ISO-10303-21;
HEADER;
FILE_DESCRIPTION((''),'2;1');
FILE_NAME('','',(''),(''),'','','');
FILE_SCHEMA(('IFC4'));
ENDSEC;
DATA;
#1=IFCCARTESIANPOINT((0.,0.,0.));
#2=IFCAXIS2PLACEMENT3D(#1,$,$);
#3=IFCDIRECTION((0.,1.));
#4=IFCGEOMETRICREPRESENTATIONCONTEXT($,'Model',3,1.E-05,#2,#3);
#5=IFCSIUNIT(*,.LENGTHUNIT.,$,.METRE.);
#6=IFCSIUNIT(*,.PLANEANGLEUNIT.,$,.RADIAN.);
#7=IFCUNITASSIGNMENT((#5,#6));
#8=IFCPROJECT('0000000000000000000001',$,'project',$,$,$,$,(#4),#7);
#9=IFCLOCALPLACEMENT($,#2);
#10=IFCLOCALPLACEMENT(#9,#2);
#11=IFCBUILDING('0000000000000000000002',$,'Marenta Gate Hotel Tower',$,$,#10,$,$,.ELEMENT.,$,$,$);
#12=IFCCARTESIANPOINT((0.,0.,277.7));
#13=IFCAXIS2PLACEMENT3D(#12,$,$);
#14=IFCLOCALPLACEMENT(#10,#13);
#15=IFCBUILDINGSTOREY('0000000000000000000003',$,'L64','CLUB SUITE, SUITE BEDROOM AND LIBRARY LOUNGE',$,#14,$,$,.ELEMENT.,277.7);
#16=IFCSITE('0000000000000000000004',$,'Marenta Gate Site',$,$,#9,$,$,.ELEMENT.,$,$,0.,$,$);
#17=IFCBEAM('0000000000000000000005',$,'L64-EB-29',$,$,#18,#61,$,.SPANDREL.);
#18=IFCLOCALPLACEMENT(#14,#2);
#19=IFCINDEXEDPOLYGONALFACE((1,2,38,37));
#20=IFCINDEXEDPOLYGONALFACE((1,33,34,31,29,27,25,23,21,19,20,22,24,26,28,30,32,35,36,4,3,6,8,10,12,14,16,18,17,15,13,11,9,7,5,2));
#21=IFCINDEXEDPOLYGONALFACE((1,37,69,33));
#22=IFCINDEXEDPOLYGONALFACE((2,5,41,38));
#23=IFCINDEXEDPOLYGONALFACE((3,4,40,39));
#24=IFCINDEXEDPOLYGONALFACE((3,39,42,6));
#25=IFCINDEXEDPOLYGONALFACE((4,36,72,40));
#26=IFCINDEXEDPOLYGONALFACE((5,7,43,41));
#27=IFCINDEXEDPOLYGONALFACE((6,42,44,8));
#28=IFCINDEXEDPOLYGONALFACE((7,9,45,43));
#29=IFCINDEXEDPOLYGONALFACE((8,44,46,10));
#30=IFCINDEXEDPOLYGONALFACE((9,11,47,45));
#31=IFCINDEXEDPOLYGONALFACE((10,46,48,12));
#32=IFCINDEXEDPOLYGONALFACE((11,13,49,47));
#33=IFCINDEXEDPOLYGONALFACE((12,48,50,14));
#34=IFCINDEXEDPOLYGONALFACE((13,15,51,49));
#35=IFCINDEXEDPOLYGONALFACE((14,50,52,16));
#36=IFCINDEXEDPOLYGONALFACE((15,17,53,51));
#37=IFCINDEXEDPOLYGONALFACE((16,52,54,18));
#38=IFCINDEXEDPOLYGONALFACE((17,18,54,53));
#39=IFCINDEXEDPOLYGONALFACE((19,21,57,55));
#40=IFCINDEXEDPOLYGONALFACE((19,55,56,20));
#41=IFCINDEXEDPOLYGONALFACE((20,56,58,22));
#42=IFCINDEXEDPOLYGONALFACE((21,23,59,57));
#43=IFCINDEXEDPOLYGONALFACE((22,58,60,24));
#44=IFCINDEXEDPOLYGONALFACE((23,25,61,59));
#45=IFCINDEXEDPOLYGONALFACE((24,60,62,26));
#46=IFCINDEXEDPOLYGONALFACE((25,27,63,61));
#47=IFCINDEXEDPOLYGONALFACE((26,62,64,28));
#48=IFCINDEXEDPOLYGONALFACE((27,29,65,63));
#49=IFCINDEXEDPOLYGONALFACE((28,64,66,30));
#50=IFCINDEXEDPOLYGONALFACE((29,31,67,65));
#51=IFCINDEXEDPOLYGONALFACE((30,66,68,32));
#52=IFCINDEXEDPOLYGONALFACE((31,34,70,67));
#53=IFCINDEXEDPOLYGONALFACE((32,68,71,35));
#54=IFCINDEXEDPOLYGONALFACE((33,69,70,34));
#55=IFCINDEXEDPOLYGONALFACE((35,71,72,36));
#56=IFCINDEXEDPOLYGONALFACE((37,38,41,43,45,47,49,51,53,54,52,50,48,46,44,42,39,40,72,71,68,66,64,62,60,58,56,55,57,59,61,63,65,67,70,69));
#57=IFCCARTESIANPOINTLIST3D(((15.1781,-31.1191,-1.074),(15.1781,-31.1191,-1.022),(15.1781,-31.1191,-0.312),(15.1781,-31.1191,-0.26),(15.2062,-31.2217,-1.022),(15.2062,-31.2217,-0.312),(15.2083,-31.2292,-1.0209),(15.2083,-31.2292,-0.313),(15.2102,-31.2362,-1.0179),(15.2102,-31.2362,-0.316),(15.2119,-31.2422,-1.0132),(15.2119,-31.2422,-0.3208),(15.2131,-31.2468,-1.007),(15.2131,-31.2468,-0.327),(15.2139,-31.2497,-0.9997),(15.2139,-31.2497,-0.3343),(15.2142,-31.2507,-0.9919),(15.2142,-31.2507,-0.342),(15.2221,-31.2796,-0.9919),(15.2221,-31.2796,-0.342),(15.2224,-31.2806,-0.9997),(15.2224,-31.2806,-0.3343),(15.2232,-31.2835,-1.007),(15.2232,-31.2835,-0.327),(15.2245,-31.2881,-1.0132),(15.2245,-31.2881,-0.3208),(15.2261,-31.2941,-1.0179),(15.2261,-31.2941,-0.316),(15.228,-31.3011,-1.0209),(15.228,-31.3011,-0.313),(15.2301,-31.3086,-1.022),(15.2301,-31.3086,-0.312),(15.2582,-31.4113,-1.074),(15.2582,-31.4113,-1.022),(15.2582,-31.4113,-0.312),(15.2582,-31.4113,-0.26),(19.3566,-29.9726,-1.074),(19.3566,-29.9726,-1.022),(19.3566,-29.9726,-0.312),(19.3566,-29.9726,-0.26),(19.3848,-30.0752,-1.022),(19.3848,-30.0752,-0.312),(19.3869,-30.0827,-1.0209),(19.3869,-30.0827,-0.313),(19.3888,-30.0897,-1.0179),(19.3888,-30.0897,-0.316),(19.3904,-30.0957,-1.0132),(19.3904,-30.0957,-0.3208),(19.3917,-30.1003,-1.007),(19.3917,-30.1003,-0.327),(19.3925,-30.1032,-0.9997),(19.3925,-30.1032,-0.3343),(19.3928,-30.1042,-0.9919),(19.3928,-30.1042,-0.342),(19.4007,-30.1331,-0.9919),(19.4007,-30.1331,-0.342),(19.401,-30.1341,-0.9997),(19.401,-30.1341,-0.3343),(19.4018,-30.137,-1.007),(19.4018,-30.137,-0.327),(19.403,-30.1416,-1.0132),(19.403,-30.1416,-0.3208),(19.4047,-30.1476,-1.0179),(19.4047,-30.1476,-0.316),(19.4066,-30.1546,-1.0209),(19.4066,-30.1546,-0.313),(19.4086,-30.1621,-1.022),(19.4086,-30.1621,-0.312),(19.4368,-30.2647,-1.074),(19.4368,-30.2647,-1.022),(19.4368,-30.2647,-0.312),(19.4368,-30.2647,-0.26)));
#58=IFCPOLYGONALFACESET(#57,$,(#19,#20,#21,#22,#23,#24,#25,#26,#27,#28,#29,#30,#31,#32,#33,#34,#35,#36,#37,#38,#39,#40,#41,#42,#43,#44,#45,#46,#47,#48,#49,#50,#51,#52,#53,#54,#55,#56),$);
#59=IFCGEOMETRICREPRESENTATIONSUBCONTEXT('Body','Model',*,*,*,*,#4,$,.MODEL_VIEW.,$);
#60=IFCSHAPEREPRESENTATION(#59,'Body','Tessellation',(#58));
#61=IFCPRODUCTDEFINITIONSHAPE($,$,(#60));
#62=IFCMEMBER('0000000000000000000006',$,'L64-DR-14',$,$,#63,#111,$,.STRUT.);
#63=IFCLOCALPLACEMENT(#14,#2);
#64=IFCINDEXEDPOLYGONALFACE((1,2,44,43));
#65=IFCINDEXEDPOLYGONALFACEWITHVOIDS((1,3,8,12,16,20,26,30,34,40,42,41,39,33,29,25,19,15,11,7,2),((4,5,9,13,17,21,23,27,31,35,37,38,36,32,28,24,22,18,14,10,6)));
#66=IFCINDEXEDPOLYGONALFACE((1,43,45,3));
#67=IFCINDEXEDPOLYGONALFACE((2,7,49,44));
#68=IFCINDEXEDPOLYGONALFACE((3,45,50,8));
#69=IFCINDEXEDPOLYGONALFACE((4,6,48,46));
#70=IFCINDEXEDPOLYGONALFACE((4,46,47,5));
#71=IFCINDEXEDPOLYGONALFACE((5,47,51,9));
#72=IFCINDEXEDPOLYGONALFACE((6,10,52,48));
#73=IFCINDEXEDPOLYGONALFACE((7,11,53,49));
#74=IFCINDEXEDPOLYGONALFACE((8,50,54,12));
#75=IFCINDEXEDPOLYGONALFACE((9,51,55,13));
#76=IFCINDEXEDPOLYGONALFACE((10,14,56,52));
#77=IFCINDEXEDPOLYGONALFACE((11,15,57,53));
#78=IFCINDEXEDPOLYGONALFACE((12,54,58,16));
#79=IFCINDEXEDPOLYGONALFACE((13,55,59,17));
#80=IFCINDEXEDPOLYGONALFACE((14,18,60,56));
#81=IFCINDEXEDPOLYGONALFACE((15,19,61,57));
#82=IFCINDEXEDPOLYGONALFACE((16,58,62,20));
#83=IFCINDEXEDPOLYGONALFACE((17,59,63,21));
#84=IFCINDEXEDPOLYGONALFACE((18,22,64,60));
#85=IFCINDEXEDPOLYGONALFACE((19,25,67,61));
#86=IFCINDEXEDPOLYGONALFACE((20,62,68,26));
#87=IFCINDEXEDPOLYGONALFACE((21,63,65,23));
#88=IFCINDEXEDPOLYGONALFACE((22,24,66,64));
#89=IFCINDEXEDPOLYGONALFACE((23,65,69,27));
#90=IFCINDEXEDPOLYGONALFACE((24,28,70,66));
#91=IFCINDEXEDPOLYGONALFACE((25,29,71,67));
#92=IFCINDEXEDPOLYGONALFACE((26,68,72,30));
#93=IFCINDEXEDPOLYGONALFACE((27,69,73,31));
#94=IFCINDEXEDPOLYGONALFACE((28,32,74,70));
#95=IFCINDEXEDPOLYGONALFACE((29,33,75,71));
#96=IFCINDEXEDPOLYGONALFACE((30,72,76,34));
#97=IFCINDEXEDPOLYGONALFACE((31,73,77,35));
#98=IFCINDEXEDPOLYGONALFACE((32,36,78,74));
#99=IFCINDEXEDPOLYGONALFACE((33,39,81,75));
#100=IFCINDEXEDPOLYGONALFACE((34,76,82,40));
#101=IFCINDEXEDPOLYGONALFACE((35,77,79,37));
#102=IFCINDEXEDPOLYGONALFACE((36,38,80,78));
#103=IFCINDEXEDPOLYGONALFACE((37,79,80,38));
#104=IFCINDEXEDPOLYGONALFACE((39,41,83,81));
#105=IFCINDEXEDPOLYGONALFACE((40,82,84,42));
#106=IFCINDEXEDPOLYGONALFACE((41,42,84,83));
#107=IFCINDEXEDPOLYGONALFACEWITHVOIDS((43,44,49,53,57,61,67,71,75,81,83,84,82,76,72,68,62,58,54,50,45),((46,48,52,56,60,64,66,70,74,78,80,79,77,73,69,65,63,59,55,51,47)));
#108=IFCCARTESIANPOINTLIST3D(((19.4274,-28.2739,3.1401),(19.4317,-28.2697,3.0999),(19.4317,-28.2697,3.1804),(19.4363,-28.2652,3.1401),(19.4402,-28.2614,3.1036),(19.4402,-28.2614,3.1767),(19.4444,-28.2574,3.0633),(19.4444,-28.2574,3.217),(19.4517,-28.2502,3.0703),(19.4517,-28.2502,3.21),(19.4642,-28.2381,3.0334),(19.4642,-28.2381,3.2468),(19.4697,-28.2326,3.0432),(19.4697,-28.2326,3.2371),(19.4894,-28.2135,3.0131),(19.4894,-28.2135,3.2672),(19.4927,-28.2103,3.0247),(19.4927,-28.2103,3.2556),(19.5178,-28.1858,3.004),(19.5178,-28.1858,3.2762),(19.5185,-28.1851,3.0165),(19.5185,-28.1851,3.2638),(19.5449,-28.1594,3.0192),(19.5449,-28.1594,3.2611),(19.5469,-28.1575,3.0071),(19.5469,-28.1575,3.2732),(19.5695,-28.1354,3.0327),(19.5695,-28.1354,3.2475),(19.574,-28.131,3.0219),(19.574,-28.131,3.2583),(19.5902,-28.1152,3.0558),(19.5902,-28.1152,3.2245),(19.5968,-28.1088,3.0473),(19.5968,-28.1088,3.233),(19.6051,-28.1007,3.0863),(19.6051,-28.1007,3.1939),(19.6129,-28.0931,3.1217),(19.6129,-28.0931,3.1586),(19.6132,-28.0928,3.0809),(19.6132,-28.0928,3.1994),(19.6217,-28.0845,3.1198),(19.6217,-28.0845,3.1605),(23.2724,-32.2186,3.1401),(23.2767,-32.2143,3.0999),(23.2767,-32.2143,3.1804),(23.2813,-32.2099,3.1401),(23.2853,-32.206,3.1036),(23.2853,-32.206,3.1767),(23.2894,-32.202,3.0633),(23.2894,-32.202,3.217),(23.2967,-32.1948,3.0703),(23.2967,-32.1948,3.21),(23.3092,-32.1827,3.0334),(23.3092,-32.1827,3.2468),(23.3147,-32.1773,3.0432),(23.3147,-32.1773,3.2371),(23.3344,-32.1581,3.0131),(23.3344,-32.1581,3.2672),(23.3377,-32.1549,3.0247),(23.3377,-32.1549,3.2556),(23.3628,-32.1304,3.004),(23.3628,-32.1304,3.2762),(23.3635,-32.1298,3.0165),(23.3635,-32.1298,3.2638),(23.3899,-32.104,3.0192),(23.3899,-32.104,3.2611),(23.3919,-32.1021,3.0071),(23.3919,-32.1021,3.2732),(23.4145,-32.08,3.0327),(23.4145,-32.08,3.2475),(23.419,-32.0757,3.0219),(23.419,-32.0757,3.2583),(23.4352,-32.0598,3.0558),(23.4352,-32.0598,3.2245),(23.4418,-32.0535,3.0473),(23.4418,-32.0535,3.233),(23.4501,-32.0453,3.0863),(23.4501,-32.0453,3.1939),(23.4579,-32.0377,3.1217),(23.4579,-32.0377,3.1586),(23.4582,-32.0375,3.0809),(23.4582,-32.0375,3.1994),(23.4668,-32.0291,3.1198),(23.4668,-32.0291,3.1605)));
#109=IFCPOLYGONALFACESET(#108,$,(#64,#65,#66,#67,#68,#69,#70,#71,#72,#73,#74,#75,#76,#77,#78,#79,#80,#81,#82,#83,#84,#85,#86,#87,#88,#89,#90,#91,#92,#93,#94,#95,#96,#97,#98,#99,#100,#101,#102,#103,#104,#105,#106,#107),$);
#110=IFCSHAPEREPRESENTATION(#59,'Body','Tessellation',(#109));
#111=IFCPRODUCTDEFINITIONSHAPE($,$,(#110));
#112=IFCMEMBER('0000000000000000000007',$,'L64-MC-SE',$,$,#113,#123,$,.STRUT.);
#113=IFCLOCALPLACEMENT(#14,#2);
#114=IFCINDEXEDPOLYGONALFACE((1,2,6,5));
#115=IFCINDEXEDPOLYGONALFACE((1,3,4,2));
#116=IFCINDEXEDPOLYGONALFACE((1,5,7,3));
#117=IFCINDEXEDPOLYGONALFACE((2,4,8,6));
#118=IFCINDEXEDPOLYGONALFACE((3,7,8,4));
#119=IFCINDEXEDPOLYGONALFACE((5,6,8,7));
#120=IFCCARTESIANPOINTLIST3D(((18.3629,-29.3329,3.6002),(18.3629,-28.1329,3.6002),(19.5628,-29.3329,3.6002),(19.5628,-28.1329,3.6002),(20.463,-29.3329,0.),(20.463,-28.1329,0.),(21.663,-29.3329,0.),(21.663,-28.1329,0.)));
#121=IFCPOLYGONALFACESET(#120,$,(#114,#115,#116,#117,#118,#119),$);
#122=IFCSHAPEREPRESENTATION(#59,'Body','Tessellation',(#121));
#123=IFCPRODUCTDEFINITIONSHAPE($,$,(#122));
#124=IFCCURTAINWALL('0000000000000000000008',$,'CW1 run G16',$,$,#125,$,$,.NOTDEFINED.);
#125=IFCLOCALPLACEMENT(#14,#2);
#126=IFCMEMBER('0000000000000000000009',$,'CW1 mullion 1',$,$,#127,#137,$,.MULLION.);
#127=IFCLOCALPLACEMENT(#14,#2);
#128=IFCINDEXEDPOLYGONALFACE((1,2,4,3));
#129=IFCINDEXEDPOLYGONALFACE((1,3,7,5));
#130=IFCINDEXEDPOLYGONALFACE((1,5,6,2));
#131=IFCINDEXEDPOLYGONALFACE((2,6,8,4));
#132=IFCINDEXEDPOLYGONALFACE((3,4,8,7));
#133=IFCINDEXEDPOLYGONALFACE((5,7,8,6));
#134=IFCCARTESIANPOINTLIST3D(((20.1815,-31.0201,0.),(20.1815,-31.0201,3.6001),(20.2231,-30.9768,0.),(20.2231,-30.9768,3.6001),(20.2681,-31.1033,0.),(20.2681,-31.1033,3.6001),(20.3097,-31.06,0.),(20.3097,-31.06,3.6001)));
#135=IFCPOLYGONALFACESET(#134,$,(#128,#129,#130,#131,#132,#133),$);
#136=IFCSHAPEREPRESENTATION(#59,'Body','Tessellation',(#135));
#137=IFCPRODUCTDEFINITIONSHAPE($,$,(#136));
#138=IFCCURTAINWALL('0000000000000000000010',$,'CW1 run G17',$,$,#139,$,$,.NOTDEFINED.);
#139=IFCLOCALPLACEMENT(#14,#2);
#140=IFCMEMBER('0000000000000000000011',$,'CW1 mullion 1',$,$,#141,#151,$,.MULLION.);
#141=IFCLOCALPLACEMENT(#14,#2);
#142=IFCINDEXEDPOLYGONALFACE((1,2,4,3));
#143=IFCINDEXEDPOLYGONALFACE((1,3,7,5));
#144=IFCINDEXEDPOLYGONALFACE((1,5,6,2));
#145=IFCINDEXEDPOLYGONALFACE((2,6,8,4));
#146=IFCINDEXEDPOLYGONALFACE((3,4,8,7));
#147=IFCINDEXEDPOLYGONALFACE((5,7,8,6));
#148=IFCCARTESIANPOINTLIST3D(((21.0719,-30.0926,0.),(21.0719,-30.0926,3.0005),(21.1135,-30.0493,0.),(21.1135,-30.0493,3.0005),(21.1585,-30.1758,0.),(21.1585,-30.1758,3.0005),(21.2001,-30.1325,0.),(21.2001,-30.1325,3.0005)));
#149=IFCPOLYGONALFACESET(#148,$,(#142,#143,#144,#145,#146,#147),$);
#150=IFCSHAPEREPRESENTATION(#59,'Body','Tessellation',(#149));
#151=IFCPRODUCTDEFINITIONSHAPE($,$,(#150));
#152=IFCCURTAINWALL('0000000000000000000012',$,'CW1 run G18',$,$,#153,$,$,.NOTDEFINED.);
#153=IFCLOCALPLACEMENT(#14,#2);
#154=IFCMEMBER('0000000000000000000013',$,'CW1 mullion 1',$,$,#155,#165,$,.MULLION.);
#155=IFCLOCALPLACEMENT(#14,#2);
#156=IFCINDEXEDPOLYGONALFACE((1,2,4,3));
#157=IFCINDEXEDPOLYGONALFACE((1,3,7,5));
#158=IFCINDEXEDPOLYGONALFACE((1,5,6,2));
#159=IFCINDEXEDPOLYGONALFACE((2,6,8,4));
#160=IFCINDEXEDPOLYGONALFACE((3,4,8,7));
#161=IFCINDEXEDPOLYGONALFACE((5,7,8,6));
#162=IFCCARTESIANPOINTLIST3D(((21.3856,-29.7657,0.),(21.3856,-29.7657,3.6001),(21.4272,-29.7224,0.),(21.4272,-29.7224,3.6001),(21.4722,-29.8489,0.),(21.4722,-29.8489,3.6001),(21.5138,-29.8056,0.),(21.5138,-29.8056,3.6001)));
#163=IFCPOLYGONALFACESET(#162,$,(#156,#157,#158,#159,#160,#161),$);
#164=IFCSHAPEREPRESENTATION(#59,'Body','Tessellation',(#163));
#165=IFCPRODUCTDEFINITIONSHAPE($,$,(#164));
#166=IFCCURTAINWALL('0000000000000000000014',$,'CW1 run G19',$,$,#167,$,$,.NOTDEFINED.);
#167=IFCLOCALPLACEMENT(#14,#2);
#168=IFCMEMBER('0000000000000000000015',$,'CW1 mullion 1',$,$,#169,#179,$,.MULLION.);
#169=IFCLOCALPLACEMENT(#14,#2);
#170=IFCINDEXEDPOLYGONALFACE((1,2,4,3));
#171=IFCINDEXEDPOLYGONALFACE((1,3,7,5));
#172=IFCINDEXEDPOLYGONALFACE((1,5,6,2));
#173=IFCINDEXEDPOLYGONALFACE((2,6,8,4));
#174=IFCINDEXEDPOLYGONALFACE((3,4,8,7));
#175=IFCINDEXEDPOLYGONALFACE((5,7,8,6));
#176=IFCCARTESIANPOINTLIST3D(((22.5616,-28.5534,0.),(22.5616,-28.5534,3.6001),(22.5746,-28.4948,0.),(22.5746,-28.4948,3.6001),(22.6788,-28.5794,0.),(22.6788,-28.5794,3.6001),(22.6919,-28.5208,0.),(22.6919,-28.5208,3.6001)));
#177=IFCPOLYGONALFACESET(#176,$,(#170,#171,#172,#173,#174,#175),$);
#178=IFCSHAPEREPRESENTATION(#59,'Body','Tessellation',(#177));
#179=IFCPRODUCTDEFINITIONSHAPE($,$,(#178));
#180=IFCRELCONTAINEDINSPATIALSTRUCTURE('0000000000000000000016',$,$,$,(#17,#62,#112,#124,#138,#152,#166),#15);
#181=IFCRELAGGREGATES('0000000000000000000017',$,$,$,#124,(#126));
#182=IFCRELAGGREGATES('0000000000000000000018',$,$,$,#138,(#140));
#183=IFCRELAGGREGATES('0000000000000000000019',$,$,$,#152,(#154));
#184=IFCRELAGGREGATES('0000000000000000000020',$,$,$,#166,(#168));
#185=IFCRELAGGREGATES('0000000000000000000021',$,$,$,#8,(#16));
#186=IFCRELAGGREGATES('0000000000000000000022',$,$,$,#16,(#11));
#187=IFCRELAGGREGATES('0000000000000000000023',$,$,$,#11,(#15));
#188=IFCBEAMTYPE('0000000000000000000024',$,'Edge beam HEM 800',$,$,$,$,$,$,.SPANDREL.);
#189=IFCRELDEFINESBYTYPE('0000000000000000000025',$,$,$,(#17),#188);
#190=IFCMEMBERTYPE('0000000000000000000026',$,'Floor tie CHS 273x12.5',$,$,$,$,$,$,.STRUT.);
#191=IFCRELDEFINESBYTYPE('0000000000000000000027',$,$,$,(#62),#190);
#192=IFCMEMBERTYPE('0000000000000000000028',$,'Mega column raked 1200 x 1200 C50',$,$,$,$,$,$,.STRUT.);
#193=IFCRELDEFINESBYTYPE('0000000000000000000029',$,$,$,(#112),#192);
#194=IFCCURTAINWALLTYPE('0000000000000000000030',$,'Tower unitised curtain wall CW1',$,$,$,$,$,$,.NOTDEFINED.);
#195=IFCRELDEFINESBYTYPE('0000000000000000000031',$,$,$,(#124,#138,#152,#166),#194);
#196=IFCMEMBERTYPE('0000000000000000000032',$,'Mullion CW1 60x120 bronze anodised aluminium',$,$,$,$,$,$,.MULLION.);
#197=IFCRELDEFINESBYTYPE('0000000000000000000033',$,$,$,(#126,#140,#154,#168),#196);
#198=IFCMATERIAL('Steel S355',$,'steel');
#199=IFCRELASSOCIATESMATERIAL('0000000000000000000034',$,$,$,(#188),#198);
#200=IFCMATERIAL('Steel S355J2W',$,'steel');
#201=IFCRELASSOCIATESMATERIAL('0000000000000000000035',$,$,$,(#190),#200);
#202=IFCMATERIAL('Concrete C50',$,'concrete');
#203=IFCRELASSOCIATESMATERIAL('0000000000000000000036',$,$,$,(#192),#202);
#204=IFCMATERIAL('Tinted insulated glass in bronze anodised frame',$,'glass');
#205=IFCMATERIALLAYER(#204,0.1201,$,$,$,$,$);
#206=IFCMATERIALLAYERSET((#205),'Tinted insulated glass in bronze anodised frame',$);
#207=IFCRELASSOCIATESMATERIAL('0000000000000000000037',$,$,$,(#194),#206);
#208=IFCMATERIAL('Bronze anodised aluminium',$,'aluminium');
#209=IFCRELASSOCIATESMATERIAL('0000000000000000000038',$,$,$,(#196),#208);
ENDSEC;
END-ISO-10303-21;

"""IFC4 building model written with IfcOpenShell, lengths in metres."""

from ifc_helpers import new_model, si_unit, direction, frame, origin, origin_2d, place, context, subcontext, project, spatial, rectangle, hollow_circle, i_section, extrude, material, layer, layer_set, material_profile, profile_set, type_object, element, aggregate, save


model = new_model("IFC4")

# Units and contexts
model_context = context("Model", 3, precision=1e-05, world=origin(), true_north=direction((0.0, 1.0)))
body_context = subcontext(model_context, "Body", "Model", "MODEL_VIEW")
ifc_project = project(units=[si_unit("LENGTHUNIT", "METRE"), si_unit("PLANEANGLEUNIT", "RADIAN")], contexts=[model_context])

# Site, building, storey
site_placement = place(None, origin())
site = spatial("IfcSite", under=ifc_project, at=site_placement, Name="Marenta Gate Site", CompositionType="ELEMENT", RefElevation=0.0)
building_placement = place(site_placement, origin())
building = spatial("IfcBuilding", under=site, at=building_placement, Name="Marenta Gate Hotel Tower", CompositionType="ELEMENT")
storey_placement = place(building_placement, frame((0.0, 0.0, 277.7)))
storey = spatial("IfcBuildingStorey", under=building, at=storey_placement, Name="L64", Description="CLUB SUITE, SUITE BEDROOM AND LIBRARY LOUNGE", CompositionType="ELEMENT", Elevation=277.7)

# Beam
ifc_material_1 = material(Name="Steel S355", Category="steel")
ifc_material_profile_1 = material_profile(ifc_material_1, i_section(OverallWidth=0.303, OverallDepth=0.814, WebThickness=0.03, FlangeThickness=0.052, FilletRadius=0.03, at=origin_2d()), Name="HEM 800")
ifc_profile_set_1 = profile_set([ifc_material_profile_1], Name="Steel S355")
beam_type_1 = type_object("IfcBeamType", Name="Edge beam HEM 800", PredefinedType="SPANDREL", material=ifc_profile_set_1)
beam_1_placement = place(storey_placement, frame((19.3967, -30.1187, -0.667), z_axis=(-0.964358, -0.2646, 0.0), x_axis=(0.2646, -0.964358, 0.0)))
element("IfcBeam", 1, at=beam_1_placement, inside=storey, type_object=beam_type_1, Name="L64-EB-29", PredefinedType="SPANDREL", context=body_context, shape_type="SweptSolid", body=[
    extrude(i_section(OverallWidth=0.303, OverallDepth=0.814, WebThickness=0.03, FlangeThickness=0.052, FilletRadius=0.03, at=origin_2d()), origin(), (0.0, 0.0, 1.0), 4.333),
])

# Members
ifc_material_2 = material(Name="Steel S355J2W", Category="steel")
ifc_material_profile_2 = material_profile(ifc_material_2, hollow_circle(Radius=0.1365, WallThickness=0.0125, at=origin_2d()), Name="CHS 273x12.5")
ifc_profile_set_2 = profile_set([ifc_material_profile_2], Name="Steel S355J2W")
member_type_1 = type_object("IfcMemberType", Name="Floor tie CHS 273x12.5", PredefinedType="STRUT", material=ifc_profile_set_2)
member_1_placement = place(storey_placement, frame((23.3701, -32.1233, 3.1401), z_axis=(-0.698008, 0.71609, 0.0), x_axis=(-0.71609, -0.698008, 0.0)))
element("IfcMember", 2, at=member_1_placement, inside=storey, type_object=member_type_1, Name="L64-DR-14", PredefinedType="STRUT", context=body_context, shape_type="SweptSolid", body=[
    extrude(hollow_circle(Radius=0.1365, WallThickness=0.0125, at=origin_2d()), origin(), (0.0, 0.0, 1.0), 5.5085),
])
ifc_material_3 = material(Name="Concrete C50", Category="concrete")
ifc_material_profile_3 = material_profile(ifc_material_3, rectangle(XDim=1.2, YDim=1.2, at=origin_2d()), Name="1200 x 1200")
ifc_profile_set_3 = profile_set([ifc_material_profile_3], Name="Concrete C50")
member_type_2 = type_object("IfcMemberType", Name="Mega column raked 1200 x 1200 C50", PredefinedType="STRUT", material=ifc_profile_set_3)
member_2_placement = place(storey_placement, frame((21.063, -28.7329, 0.0), z_axis=(0.0, 0.0, 1.0), x_axis=(1.0, 0.0, 0.0)))
element("IfcMember", 3, at=member_2_placement, inside=storey, type_object=member_type_2, Name="L64-MC-SE", PredefinedType="STRUT", context=body_context, shape_type="SweptSolid", body=[
    extrude(rectangle(XDim=1.2, YDim=1.2, at=origin_2d()), origin(), (-0.503878, 0.0, 0.863775), 4.168),
])

# Curtain walls, members
ifc_material_4 = material(Name="Tinted insulated glass in bronze anodised frame", Category="glass")
ifc_layer_1 = layer(ifc_material_4, 0.1201)
ifc_layer_set_1 = layer_set([ifc_layer_1], Name="Tinted insulated glass in bronze anodised frame")
curtain_wall_type = type_object("IfcCurtainWallType", Name="Tower unitised curtain wall CW1", PredefinedType="NOTDEFINED", material=ifc_layer_set_1)
curtain_wall_1_placement = place(storey_placement, origin())
curtain_wall_1 = element("IfcCurtainWall", 4, at=curtain_wall_1_placement, inside=storey, type_object=curtain_wall_type, Name="CW1 run G16", PredefinedType="NOTDEFINED")
ifc_material_5 = material(Name="Bronze anodised aluminium", Category="aluminium")
ifc_material_profile_4 = material_profile(ifc_material_5, rectangle(XDim=0.1201, YDim=0.0601, at=origin_2d()), Name="Mullion CW1 60x120 bronze anodised aluminium")
ifc_profile_set_4 = profile_set([ifc_material_profile_4], Name="Bronze anodised aluminium")
member_type_3 = type_object("IfcMemberType", Name="Mullion CW1 60x120 bronze anodised aluminium", PredefinedType="MULLION", material=ifc_profile_set_4)
member_3_placement = place(storey_placement, frame((20.2456, -31.04, 0.0), z_axis=(0.0, 0.0, 1.0), x_axis=(-0.721389, 0.69253, 0.0)))
member_3 = element("IfcMember", 5, at=member_3_placement, type_object=member_type_3, Name="CW1 mullion 1", PredefinedType="MULLION", context=body_context, shape_type="SweptSolid", body=[
    extrude(rectangle(XDim=0.1201, YDim=0.0601, at=origin_2d()), origin(), (0.0, 0.0, 1.0), 3.6001),
])
curtain_wall_2_placement = place(storey_placement, origin())
curtain_wall_2 = element("IfcCurtainWall", 6, at=curtain_wall_2_placement, inside=storey, type_object=curtain_wall_type, Name="CW1 run G17", PredefinedType="NOTDEFINED")
member_4_placement = place(storey_placement, frame((21.136, -30.1125, 0.0), z_axis=(0.0, 0.0, 1.0), x_axis=(-0.721409, 0.692509, 0.0)))
member_4 = element("IfcMember", 7, at=member_4_placement, type_object=member_type_3, Name="CW1 mullion 1", PredefinedType="MULLION", context=body_context, shape_type="SweptSolid", body=[
    extrude(rectangle(XDim=0.1201, YDim=0.0601, at=origin_2d()), origin(), (0.0, 0.0, 1.0), 3.0005),
])
curtain_wall_3_placement = place(storey_placement, origin())
curtain_wall_3 = element("IfcCurtainWall", 8, at=curtain_wall_3_placement, inside=storey, type_object=curtain_wall_type, Name="CW1 run G18", PredefinedType="NOTDEFINED")
member_5_placement = place(storey_placement, frame((21.4497, -29.7856, 0.0), z_axis=(0.0, 0.0, 1.0), x_axis=(-0.721349, 0.692572, 0.0)))
member_5 = element("IfcMember", 9, at=member_5_placement, type_object=member_type_3, Name="CW1 mullion 1", PredefinedType="MULLION", context=body_context, shape_type="SweptSolid", body=[
    extrude(rectangle(XDim=0.1201, YDim=0.0601, at=origin_2d()), origin(), (0.0, 0.0, 1.0), 3.6001),
])
curtain_wall_4_placement = place(storey_placement, origin())
curtain_wall_4 = element("IfcCurtainWall", 10, at=curtain_wall_4_placement, inside=storey, type_object=curtain_wall_type, Name="CW1 run G19", PredefinedType="NOTDEFINED")
member_6_placement = place(storey_placement, frame((22.6267, -28.5371, 0.0), z_axis=(0.0, 0.0, 1.0), x_axis=(-0.976207, 0.216842, 0.0)))
member_6 = element("IfcMember", 11, at=member_6_placement, type_object=member_type_3, Name="CW1 mullion 1", PredefinedType="MULLION", context=body_context, shape_type="SweptSolid", body=[
    extrude(rectangle(XDim=0.1201, YDim=0.0601, at=origin_2d()), origin(), (0.0, 0.0, 1.0), 3.6001),
])

aggregate(curtain_wall_1, [member_3])
aggregate(curtain_wall_2, [member_4])
aggregate(curtain_wall_3, [member_5])
aggregate(curtain_wall_4, [member_6])

save(model, "model.ifc")
